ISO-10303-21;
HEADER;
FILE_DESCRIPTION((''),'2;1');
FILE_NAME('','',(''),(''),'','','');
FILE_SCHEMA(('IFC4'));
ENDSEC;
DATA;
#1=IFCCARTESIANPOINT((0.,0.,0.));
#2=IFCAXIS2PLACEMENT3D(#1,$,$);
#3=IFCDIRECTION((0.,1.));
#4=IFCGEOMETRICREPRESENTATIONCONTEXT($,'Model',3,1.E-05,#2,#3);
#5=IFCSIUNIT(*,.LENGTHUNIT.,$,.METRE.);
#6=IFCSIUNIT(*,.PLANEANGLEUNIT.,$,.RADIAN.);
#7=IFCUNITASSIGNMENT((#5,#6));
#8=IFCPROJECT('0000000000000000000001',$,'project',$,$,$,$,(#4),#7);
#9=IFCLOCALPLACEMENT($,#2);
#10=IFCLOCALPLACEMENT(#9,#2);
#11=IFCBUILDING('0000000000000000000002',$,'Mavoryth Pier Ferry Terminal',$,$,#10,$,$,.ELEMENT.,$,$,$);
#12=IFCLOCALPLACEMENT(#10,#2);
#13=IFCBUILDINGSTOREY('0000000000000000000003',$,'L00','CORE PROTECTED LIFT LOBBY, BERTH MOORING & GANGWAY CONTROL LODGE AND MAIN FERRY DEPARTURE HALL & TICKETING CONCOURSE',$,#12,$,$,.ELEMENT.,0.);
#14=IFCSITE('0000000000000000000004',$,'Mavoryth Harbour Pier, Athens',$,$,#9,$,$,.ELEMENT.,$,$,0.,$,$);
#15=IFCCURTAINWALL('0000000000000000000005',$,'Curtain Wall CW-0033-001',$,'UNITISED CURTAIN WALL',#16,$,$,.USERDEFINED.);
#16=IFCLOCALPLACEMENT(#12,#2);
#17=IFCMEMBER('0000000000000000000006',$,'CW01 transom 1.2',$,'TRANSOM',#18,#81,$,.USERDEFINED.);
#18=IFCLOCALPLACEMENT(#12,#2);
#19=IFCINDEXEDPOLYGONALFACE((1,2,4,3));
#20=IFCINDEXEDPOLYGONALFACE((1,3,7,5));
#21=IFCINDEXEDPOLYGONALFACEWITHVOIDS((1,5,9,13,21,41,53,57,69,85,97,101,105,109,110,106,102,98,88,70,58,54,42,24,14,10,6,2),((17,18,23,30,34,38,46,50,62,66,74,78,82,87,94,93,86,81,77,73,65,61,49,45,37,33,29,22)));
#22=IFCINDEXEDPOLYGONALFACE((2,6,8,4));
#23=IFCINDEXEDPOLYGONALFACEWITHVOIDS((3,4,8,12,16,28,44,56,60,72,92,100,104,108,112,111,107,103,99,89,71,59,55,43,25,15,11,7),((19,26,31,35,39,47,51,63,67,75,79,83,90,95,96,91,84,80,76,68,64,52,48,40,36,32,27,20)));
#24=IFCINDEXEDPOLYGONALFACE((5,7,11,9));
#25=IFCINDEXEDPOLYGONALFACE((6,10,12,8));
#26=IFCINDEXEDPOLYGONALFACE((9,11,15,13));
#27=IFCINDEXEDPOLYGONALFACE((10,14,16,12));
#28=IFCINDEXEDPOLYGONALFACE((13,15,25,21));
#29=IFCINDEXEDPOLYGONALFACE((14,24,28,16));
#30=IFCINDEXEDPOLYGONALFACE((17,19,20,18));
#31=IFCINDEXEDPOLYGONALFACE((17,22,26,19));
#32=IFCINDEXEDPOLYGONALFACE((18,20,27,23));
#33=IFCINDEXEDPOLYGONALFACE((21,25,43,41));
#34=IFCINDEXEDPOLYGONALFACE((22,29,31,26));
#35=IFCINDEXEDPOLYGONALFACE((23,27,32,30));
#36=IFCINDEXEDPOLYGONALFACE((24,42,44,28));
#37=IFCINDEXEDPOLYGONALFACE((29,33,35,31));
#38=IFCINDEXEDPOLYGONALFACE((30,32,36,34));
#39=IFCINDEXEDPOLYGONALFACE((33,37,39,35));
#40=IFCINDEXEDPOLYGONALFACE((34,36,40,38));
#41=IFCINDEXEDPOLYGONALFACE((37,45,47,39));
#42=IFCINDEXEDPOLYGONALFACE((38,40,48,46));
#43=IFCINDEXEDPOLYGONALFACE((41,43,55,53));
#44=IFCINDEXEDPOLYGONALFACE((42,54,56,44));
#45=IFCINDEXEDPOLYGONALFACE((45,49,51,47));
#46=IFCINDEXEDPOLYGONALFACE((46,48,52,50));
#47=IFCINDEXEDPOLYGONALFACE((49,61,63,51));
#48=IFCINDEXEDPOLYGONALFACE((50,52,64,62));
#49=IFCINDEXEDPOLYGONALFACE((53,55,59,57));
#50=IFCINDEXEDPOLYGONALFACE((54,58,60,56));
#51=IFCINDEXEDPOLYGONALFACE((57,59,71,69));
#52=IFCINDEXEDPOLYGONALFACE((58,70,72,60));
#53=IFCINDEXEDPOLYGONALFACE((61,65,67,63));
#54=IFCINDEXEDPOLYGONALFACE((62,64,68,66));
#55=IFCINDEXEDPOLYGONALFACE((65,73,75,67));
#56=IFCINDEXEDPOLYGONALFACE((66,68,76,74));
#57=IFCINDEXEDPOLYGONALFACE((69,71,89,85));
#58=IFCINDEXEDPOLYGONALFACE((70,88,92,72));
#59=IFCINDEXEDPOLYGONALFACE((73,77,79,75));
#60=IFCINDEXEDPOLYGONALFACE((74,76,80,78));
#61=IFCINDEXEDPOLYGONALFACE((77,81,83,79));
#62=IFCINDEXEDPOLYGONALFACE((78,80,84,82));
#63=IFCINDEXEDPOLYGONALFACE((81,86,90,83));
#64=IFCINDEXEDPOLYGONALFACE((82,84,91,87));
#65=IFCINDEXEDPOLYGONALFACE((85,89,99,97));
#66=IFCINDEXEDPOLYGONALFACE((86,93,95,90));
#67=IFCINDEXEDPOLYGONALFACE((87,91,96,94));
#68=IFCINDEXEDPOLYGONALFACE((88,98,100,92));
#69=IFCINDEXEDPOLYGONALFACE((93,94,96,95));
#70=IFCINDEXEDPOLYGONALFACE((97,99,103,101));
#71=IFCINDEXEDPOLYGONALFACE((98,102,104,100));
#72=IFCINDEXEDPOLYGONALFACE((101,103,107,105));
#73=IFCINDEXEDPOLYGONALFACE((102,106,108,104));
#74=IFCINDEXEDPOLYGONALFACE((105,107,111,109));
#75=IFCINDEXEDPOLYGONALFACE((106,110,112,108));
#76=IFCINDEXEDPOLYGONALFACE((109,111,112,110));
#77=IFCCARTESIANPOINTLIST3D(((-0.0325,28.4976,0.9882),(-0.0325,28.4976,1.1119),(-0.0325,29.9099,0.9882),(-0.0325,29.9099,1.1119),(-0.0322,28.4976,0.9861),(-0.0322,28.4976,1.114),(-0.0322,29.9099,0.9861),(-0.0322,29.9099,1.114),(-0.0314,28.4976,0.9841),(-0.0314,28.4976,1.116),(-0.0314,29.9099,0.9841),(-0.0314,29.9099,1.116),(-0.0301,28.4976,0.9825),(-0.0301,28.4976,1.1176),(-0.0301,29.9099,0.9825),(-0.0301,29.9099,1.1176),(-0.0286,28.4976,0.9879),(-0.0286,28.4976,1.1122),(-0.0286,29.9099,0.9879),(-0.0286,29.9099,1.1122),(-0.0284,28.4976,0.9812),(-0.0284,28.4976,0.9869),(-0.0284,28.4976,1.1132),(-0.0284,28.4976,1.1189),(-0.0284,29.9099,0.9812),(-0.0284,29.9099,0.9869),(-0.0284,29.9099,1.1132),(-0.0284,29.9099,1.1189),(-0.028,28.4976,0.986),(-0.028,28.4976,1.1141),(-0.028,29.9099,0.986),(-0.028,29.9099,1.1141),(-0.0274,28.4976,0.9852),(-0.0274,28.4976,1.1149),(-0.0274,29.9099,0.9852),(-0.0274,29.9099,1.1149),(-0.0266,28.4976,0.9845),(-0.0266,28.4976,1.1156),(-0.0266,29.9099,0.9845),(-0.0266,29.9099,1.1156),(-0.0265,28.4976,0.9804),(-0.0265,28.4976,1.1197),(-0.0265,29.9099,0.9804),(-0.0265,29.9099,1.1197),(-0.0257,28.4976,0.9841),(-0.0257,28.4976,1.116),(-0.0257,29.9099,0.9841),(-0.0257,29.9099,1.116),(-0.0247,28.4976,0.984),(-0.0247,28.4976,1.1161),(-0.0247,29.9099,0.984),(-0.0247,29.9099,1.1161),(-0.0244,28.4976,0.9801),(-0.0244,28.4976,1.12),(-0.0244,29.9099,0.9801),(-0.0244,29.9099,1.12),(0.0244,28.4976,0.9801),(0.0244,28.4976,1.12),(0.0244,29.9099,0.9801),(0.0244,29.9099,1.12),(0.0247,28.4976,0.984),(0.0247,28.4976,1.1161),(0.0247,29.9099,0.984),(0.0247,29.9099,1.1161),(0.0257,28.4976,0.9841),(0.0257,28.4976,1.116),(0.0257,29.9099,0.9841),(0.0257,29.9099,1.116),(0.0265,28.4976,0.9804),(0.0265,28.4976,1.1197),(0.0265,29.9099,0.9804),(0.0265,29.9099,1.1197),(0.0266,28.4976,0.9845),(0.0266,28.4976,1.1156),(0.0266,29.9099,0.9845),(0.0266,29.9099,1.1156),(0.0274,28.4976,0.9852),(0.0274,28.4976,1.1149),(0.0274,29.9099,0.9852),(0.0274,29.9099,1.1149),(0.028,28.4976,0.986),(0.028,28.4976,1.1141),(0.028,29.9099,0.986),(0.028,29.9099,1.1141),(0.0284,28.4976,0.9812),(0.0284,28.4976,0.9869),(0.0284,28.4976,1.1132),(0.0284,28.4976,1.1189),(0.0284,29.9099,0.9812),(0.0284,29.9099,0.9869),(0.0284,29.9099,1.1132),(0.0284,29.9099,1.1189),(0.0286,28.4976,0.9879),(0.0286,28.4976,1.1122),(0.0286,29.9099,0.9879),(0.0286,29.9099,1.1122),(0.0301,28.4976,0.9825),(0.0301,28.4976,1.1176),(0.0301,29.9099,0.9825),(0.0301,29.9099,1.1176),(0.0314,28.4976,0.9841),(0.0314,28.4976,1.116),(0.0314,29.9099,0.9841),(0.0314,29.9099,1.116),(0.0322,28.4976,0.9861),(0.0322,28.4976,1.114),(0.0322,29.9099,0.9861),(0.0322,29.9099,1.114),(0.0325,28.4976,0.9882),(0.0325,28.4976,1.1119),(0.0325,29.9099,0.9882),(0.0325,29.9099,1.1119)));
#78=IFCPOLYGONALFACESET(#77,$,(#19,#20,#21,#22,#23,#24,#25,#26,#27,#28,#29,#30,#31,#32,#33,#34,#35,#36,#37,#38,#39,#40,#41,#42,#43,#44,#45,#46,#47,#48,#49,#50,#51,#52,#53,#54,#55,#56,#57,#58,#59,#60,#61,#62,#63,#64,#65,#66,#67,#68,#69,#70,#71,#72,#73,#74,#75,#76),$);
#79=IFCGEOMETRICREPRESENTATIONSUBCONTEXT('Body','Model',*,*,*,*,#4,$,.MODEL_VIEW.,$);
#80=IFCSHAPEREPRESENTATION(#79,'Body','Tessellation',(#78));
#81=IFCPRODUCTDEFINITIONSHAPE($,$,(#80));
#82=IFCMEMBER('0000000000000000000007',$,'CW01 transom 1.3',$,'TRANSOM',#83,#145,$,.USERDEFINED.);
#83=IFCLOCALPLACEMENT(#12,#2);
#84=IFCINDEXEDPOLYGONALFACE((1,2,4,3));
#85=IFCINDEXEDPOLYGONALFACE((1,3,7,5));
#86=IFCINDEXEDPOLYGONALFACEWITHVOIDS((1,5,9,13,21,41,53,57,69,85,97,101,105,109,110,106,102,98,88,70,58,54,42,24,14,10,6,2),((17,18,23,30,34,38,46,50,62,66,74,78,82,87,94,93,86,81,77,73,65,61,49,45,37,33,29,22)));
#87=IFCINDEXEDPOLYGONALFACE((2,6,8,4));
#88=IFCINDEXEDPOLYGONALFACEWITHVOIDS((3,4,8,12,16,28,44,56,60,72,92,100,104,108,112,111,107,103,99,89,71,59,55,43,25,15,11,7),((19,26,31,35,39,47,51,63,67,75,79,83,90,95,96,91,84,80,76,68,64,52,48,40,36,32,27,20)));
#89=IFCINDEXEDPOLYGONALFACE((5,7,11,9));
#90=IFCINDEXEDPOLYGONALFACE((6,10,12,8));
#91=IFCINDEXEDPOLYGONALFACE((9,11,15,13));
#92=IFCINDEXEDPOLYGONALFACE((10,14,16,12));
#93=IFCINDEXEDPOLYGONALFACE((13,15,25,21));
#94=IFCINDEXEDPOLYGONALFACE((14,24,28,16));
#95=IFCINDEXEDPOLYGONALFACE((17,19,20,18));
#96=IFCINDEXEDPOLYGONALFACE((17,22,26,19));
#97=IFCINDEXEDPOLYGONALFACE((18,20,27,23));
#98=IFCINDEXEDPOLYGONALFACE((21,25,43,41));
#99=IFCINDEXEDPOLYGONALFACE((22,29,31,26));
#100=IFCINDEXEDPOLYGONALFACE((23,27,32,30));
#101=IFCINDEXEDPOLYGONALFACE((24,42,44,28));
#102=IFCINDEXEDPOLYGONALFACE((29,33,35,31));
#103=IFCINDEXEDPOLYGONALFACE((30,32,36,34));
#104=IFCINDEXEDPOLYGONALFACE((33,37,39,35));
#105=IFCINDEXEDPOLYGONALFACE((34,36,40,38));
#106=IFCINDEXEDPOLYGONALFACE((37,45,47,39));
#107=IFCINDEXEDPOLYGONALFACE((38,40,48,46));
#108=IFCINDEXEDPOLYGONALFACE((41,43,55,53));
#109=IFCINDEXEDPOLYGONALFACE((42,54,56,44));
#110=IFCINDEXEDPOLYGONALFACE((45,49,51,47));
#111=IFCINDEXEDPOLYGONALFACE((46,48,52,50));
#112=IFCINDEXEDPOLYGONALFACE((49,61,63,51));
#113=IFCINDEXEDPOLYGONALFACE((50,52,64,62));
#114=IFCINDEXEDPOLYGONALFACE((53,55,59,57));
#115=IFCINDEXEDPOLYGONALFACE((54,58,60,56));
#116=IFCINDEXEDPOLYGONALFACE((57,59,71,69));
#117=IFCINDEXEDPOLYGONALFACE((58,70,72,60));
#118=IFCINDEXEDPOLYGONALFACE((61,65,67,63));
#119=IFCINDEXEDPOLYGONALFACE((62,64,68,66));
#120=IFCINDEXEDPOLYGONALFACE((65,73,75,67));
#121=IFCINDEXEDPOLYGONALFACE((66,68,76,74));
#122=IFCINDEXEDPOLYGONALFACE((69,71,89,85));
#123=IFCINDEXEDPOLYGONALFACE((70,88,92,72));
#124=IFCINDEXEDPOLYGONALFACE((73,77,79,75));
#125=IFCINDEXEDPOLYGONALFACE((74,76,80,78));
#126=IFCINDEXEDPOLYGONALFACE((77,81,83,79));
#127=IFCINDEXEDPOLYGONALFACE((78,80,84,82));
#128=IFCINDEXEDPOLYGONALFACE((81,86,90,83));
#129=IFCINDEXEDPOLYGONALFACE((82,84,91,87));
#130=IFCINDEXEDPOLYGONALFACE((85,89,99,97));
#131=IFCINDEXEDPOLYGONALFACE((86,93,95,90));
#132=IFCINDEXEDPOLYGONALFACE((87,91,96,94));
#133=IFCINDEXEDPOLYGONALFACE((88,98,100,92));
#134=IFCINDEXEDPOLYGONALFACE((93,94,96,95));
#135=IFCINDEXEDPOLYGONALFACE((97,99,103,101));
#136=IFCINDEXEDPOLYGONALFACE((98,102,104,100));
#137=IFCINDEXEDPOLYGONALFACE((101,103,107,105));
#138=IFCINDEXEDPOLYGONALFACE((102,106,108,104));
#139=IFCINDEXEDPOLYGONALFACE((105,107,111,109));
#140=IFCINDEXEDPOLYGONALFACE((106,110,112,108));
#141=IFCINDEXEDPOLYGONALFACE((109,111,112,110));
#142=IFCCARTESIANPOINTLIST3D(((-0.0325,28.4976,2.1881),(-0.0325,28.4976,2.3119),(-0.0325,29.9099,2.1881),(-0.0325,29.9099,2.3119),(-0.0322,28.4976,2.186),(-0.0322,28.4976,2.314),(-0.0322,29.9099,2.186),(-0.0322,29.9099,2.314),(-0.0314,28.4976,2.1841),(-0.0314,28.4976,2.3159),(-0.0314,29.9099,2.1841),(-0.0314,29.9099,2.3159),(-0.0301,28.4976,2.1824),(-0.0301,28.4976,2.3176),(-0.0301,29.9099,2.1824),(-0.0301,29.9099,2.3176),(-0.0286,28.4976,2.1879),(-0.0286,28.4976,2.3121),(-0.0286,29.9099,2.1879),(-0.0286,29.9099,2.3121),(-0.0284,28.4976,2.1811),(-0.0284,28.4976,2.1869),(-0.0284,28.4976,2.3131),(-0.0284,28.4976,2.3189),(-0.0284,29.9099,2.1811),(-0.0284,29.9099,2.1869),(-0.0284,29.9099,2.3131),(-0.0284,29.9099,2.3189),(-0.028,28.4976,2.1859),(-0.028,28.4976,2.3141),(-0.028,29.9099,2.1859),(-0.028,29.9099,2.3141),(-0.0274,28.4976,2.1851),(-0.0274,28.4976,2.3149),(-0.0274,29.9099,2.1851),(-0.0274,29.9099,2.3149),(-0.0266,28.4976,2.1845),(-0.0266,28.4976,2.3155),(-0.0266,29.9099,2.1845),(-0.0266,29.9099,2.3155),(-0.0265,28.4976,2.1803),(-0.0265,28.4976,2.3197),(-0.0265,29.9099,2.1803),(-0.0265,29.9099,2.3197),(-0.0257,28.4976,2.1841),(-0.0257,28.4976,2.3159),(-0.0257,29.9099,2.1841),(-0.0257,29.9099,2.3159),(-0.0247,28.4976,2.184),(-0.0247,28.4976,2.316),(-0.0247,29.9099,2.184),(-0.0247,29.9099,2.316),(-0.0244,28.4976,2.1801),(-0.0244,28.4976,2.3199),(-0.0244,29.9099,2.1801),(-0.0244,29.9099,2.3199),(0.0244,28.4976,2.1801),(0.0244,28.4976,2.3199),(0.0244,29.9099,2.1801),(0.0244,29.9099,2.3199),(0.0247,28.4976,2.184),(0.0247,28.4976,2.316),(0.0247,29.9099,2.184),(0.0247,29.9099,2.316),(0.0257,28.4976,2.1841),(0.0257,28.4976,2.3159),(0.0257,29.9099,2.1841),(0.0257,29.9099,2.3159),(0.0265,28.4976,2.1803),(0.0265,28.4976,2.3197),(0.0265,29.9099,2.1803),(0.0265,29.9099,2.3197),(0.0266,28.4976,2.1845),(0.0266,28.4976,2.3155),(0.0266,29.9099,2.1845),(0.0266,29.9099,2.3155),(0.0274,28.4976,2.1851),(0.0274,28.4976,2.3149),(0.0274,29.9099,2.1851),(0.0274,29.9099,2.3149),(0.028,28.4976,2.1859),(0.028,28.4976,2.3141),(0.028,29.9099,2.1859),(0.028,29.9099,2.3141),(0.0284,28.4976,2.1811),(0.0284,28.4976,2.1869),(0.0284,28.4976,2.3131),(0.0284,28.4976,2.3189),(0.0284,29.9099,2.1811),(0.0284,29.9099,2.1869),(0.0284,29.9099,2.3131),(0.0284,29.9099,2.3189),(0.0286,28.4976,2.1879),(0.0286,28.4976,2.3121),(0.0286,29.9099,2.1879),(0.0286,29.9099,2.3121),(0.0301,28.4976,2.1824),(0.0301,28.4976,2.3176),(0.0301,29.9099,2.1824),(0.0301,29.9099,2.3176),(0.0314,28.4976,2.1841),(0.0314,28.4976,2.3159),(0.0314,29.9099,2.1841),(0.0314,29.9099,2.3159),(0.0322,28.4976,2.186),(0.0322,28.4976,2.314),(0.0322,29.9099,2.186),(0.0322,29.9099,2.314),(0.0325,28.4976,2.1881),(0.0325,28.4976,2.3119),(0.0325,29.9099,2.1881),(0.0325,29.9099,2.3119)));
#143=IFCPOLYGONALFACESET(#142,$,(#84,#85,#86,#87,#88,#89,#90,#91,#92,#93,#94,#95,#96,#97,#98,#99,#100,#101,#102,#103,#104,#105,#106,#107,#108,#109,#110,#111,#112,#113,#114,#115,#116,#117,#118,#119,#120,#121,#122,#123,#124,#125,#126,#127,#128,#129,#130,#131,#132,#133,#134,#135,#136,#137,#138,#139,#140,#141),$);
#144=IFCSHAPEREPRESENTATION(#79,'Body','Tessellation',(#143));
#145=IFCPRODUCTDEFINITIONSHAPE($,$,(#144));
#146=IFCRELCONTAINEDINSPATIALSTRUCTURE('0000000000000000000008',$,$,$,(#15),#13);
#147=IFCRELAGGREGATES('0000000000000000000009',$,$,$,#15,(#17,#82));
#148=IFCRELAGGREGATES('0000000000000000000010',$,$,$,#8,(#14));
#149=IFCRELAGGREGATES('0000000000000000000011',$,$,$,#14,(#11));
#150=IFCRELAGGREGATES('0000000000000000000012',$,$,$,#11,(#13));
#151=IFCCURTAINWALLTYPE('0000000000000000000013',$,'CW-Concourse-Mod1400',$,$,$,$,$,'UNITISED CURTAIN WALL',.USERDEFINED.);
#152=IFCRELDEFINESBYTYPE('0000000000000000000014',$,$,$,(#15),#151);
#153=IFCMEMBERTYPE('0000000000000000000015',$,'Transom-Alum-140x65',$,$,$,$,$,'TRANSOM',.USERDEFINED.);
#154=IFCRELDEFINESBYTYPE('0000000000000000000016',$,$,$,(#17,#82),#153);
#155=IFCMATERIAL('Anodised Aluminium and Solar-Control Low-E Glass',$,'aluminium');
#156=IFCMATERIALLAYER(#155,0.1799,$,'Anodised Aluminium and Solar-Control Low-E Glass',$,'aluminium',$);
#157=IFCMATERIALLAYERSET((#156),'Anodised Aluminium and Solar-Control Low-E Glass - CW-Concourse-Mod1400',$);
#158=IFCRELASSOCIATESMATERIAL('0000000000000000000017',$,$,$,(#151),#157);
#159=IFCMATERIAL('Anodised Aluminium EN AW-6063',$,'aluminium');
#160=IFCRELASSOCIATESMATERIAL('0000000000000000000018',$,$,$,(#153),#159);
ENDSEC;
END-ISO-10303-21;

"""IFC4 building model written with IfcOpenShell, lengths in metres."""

from ifc_helpers import new_model, si_unit, direction, frame, origin, origin_2d, place, context, subcontext, project, spatial, hollow_rectangle, extrude, material, layer, layer_set, material_profile, profile_set, type_object, element, aggregate, save


model = new_model("IFC4")

# Units and contexts
model_context = context("Model", 3, precision=1e-05, world=origin(), true_north=direction((0.0, 1.0)))
body_context = subcontext(model_context, "Body", "Model", "MODEL_VIEW")
ifc_project = project(units=[si_unit("LENGTHUNIT", "METRE"), si_unit("PLANEANGLEUNIT", "RADIAN")], contexts=[model_context])

# Site, building, storey
site_placement = place(None, origin())
site = spatial("IfcSite", under=ifc_project, at=site_placement, Name="Mavoryth Harbour Pier, Athens", CompositionType="ELEMENT", RefElevation=0.0)
building_placement = place(site_placement, origin())
building = spatial("IfcBuilding", under=site, at=building_placement, Name="Mavoryth Pier Ferry Terminal", CompositionType="ELEMENT")
storey_placement = place(building_placement, origin())
storey = spatial("IfcBuildingStorey", under=building, at=storey_placement, Name="L00", Description="CORE PROTECTED LIFT LOBBY, BERTH MOORING & GANGWAY CONTROL LODGE AND MAIN FERRY DEPARTURE HALL & TICKETING CONCOURSE", CompositionType="ELEMENT", Elevation=0.0)

# Curtain wall, members
ifc_material_1 = material(Name="Anodised Aluminium and Solar-Control Low-E Glass", Category="aluminium")
ifc_layer_1 = layer(ifc_material_1, 0.1799, Name="Anodised Aluminium and Solar-Control Low-E Glass", Category="aluminium")
ifc_layer_set_1 = layer_set([ifc_layer_1], Name="Anodised Aluminium and Solar-Control Low-E Glass - CW-Concourse-Mod1400")
curtain_wall_type = type_object("IfcCurtainWallType", Name="CW-Concourse-Mod1400", ElementType="UNITISED CURTAIN WALL", PredefinedType="USERDEFINED", material=ifc_layer_set_1)
curtain_wall_placement = place(storey_placement, origin())
curtain_wall = element("IfcCurtainWall", 1, at=curtain_wall_placement, inside=storey, type_object=curtain_wall_type, Name="Curtain Wall CW-0033-001", ObjectType="UNITISED CURTAIN WALL", PredefinedType="USERDEFINED")
ifc_material_2 = material(Name="Anodised Aluminium EN AW-6063", Category="aluminium")
ifc_material_profile_1 = material_profile(ifc_material_2, hollow_rectangle(XDim=0.0649, YDim=0.1399, WallThickness=0.0039, InnerFilletRadius=0.0039, OuterFilletRadius=0.0081, at=origin_2d()), Name="AL-TRAN 140x65x4", Category="aluminium")
ifc_profile_set_1 = profile_set([ifc_material_profile_1], Name="Anodised Aluminium EN AW-6063 - AL-TRAN 140x65x4")
member_type_1 = type_object("IfcMemberType", Name="Transom-Alum-140x65", ElementType="TRANSOM", PredefinedType="USERDEFINED", material=ifc_profile_set_1)
member_1_placement = place(storey_placement, frame((0.0, 29.9099, 1.05), z_axis=(0.0, -1.0, 0.0), x_axis=(1.0, 0.0, 0.0)))
member_1 = element("IfcMember", 2, at=member_1_placement, type_object=member_type_1, Name="CW01 transom 1.2", ObjectType="TRANSOM", PredefinedType="USERDEFINED", context=body_context, shape_type="SweptSolid", body=[
    extrude(hollow_rectangle(XDim=0.0649, YDim=0.1399, WallThickness=0.0039, InnerFilletRadius=0.0039, OuterFilletRadius=0.0081, at=origin_2d()), origin(), (0.0, 0.0, 1.0), 1.4124),
])
member_2_placement = place(storey_placement, frame((0.0, 29.9099, 2.25), z_axis=(0.0, -1.0, 0.0), x_axis=(1.0, 0.0, 0.0)))
member_2 = element("IfcMember", 3, at=member_2_placement, type_object=member_type_1, Name="CW01 transom 1.3", ObjectType="TRANSOM", PredefinedType="USERDEFINED", context=body_context, shape_type="SweptSolid", body=[
    extrude(hollow_rectangle(XDim=0.0649, YDim=0.1399, WallThickness=0.0039, InnerFilletRadius=0.0039, OuterFilletRadius=0.0081, at=origin_2d()), origin(), (0.0, 0.0, 1.0), 1.4124),
])
aggregate(curtain_wall, [member_1, member_2])

save(model, "model.ifc")
